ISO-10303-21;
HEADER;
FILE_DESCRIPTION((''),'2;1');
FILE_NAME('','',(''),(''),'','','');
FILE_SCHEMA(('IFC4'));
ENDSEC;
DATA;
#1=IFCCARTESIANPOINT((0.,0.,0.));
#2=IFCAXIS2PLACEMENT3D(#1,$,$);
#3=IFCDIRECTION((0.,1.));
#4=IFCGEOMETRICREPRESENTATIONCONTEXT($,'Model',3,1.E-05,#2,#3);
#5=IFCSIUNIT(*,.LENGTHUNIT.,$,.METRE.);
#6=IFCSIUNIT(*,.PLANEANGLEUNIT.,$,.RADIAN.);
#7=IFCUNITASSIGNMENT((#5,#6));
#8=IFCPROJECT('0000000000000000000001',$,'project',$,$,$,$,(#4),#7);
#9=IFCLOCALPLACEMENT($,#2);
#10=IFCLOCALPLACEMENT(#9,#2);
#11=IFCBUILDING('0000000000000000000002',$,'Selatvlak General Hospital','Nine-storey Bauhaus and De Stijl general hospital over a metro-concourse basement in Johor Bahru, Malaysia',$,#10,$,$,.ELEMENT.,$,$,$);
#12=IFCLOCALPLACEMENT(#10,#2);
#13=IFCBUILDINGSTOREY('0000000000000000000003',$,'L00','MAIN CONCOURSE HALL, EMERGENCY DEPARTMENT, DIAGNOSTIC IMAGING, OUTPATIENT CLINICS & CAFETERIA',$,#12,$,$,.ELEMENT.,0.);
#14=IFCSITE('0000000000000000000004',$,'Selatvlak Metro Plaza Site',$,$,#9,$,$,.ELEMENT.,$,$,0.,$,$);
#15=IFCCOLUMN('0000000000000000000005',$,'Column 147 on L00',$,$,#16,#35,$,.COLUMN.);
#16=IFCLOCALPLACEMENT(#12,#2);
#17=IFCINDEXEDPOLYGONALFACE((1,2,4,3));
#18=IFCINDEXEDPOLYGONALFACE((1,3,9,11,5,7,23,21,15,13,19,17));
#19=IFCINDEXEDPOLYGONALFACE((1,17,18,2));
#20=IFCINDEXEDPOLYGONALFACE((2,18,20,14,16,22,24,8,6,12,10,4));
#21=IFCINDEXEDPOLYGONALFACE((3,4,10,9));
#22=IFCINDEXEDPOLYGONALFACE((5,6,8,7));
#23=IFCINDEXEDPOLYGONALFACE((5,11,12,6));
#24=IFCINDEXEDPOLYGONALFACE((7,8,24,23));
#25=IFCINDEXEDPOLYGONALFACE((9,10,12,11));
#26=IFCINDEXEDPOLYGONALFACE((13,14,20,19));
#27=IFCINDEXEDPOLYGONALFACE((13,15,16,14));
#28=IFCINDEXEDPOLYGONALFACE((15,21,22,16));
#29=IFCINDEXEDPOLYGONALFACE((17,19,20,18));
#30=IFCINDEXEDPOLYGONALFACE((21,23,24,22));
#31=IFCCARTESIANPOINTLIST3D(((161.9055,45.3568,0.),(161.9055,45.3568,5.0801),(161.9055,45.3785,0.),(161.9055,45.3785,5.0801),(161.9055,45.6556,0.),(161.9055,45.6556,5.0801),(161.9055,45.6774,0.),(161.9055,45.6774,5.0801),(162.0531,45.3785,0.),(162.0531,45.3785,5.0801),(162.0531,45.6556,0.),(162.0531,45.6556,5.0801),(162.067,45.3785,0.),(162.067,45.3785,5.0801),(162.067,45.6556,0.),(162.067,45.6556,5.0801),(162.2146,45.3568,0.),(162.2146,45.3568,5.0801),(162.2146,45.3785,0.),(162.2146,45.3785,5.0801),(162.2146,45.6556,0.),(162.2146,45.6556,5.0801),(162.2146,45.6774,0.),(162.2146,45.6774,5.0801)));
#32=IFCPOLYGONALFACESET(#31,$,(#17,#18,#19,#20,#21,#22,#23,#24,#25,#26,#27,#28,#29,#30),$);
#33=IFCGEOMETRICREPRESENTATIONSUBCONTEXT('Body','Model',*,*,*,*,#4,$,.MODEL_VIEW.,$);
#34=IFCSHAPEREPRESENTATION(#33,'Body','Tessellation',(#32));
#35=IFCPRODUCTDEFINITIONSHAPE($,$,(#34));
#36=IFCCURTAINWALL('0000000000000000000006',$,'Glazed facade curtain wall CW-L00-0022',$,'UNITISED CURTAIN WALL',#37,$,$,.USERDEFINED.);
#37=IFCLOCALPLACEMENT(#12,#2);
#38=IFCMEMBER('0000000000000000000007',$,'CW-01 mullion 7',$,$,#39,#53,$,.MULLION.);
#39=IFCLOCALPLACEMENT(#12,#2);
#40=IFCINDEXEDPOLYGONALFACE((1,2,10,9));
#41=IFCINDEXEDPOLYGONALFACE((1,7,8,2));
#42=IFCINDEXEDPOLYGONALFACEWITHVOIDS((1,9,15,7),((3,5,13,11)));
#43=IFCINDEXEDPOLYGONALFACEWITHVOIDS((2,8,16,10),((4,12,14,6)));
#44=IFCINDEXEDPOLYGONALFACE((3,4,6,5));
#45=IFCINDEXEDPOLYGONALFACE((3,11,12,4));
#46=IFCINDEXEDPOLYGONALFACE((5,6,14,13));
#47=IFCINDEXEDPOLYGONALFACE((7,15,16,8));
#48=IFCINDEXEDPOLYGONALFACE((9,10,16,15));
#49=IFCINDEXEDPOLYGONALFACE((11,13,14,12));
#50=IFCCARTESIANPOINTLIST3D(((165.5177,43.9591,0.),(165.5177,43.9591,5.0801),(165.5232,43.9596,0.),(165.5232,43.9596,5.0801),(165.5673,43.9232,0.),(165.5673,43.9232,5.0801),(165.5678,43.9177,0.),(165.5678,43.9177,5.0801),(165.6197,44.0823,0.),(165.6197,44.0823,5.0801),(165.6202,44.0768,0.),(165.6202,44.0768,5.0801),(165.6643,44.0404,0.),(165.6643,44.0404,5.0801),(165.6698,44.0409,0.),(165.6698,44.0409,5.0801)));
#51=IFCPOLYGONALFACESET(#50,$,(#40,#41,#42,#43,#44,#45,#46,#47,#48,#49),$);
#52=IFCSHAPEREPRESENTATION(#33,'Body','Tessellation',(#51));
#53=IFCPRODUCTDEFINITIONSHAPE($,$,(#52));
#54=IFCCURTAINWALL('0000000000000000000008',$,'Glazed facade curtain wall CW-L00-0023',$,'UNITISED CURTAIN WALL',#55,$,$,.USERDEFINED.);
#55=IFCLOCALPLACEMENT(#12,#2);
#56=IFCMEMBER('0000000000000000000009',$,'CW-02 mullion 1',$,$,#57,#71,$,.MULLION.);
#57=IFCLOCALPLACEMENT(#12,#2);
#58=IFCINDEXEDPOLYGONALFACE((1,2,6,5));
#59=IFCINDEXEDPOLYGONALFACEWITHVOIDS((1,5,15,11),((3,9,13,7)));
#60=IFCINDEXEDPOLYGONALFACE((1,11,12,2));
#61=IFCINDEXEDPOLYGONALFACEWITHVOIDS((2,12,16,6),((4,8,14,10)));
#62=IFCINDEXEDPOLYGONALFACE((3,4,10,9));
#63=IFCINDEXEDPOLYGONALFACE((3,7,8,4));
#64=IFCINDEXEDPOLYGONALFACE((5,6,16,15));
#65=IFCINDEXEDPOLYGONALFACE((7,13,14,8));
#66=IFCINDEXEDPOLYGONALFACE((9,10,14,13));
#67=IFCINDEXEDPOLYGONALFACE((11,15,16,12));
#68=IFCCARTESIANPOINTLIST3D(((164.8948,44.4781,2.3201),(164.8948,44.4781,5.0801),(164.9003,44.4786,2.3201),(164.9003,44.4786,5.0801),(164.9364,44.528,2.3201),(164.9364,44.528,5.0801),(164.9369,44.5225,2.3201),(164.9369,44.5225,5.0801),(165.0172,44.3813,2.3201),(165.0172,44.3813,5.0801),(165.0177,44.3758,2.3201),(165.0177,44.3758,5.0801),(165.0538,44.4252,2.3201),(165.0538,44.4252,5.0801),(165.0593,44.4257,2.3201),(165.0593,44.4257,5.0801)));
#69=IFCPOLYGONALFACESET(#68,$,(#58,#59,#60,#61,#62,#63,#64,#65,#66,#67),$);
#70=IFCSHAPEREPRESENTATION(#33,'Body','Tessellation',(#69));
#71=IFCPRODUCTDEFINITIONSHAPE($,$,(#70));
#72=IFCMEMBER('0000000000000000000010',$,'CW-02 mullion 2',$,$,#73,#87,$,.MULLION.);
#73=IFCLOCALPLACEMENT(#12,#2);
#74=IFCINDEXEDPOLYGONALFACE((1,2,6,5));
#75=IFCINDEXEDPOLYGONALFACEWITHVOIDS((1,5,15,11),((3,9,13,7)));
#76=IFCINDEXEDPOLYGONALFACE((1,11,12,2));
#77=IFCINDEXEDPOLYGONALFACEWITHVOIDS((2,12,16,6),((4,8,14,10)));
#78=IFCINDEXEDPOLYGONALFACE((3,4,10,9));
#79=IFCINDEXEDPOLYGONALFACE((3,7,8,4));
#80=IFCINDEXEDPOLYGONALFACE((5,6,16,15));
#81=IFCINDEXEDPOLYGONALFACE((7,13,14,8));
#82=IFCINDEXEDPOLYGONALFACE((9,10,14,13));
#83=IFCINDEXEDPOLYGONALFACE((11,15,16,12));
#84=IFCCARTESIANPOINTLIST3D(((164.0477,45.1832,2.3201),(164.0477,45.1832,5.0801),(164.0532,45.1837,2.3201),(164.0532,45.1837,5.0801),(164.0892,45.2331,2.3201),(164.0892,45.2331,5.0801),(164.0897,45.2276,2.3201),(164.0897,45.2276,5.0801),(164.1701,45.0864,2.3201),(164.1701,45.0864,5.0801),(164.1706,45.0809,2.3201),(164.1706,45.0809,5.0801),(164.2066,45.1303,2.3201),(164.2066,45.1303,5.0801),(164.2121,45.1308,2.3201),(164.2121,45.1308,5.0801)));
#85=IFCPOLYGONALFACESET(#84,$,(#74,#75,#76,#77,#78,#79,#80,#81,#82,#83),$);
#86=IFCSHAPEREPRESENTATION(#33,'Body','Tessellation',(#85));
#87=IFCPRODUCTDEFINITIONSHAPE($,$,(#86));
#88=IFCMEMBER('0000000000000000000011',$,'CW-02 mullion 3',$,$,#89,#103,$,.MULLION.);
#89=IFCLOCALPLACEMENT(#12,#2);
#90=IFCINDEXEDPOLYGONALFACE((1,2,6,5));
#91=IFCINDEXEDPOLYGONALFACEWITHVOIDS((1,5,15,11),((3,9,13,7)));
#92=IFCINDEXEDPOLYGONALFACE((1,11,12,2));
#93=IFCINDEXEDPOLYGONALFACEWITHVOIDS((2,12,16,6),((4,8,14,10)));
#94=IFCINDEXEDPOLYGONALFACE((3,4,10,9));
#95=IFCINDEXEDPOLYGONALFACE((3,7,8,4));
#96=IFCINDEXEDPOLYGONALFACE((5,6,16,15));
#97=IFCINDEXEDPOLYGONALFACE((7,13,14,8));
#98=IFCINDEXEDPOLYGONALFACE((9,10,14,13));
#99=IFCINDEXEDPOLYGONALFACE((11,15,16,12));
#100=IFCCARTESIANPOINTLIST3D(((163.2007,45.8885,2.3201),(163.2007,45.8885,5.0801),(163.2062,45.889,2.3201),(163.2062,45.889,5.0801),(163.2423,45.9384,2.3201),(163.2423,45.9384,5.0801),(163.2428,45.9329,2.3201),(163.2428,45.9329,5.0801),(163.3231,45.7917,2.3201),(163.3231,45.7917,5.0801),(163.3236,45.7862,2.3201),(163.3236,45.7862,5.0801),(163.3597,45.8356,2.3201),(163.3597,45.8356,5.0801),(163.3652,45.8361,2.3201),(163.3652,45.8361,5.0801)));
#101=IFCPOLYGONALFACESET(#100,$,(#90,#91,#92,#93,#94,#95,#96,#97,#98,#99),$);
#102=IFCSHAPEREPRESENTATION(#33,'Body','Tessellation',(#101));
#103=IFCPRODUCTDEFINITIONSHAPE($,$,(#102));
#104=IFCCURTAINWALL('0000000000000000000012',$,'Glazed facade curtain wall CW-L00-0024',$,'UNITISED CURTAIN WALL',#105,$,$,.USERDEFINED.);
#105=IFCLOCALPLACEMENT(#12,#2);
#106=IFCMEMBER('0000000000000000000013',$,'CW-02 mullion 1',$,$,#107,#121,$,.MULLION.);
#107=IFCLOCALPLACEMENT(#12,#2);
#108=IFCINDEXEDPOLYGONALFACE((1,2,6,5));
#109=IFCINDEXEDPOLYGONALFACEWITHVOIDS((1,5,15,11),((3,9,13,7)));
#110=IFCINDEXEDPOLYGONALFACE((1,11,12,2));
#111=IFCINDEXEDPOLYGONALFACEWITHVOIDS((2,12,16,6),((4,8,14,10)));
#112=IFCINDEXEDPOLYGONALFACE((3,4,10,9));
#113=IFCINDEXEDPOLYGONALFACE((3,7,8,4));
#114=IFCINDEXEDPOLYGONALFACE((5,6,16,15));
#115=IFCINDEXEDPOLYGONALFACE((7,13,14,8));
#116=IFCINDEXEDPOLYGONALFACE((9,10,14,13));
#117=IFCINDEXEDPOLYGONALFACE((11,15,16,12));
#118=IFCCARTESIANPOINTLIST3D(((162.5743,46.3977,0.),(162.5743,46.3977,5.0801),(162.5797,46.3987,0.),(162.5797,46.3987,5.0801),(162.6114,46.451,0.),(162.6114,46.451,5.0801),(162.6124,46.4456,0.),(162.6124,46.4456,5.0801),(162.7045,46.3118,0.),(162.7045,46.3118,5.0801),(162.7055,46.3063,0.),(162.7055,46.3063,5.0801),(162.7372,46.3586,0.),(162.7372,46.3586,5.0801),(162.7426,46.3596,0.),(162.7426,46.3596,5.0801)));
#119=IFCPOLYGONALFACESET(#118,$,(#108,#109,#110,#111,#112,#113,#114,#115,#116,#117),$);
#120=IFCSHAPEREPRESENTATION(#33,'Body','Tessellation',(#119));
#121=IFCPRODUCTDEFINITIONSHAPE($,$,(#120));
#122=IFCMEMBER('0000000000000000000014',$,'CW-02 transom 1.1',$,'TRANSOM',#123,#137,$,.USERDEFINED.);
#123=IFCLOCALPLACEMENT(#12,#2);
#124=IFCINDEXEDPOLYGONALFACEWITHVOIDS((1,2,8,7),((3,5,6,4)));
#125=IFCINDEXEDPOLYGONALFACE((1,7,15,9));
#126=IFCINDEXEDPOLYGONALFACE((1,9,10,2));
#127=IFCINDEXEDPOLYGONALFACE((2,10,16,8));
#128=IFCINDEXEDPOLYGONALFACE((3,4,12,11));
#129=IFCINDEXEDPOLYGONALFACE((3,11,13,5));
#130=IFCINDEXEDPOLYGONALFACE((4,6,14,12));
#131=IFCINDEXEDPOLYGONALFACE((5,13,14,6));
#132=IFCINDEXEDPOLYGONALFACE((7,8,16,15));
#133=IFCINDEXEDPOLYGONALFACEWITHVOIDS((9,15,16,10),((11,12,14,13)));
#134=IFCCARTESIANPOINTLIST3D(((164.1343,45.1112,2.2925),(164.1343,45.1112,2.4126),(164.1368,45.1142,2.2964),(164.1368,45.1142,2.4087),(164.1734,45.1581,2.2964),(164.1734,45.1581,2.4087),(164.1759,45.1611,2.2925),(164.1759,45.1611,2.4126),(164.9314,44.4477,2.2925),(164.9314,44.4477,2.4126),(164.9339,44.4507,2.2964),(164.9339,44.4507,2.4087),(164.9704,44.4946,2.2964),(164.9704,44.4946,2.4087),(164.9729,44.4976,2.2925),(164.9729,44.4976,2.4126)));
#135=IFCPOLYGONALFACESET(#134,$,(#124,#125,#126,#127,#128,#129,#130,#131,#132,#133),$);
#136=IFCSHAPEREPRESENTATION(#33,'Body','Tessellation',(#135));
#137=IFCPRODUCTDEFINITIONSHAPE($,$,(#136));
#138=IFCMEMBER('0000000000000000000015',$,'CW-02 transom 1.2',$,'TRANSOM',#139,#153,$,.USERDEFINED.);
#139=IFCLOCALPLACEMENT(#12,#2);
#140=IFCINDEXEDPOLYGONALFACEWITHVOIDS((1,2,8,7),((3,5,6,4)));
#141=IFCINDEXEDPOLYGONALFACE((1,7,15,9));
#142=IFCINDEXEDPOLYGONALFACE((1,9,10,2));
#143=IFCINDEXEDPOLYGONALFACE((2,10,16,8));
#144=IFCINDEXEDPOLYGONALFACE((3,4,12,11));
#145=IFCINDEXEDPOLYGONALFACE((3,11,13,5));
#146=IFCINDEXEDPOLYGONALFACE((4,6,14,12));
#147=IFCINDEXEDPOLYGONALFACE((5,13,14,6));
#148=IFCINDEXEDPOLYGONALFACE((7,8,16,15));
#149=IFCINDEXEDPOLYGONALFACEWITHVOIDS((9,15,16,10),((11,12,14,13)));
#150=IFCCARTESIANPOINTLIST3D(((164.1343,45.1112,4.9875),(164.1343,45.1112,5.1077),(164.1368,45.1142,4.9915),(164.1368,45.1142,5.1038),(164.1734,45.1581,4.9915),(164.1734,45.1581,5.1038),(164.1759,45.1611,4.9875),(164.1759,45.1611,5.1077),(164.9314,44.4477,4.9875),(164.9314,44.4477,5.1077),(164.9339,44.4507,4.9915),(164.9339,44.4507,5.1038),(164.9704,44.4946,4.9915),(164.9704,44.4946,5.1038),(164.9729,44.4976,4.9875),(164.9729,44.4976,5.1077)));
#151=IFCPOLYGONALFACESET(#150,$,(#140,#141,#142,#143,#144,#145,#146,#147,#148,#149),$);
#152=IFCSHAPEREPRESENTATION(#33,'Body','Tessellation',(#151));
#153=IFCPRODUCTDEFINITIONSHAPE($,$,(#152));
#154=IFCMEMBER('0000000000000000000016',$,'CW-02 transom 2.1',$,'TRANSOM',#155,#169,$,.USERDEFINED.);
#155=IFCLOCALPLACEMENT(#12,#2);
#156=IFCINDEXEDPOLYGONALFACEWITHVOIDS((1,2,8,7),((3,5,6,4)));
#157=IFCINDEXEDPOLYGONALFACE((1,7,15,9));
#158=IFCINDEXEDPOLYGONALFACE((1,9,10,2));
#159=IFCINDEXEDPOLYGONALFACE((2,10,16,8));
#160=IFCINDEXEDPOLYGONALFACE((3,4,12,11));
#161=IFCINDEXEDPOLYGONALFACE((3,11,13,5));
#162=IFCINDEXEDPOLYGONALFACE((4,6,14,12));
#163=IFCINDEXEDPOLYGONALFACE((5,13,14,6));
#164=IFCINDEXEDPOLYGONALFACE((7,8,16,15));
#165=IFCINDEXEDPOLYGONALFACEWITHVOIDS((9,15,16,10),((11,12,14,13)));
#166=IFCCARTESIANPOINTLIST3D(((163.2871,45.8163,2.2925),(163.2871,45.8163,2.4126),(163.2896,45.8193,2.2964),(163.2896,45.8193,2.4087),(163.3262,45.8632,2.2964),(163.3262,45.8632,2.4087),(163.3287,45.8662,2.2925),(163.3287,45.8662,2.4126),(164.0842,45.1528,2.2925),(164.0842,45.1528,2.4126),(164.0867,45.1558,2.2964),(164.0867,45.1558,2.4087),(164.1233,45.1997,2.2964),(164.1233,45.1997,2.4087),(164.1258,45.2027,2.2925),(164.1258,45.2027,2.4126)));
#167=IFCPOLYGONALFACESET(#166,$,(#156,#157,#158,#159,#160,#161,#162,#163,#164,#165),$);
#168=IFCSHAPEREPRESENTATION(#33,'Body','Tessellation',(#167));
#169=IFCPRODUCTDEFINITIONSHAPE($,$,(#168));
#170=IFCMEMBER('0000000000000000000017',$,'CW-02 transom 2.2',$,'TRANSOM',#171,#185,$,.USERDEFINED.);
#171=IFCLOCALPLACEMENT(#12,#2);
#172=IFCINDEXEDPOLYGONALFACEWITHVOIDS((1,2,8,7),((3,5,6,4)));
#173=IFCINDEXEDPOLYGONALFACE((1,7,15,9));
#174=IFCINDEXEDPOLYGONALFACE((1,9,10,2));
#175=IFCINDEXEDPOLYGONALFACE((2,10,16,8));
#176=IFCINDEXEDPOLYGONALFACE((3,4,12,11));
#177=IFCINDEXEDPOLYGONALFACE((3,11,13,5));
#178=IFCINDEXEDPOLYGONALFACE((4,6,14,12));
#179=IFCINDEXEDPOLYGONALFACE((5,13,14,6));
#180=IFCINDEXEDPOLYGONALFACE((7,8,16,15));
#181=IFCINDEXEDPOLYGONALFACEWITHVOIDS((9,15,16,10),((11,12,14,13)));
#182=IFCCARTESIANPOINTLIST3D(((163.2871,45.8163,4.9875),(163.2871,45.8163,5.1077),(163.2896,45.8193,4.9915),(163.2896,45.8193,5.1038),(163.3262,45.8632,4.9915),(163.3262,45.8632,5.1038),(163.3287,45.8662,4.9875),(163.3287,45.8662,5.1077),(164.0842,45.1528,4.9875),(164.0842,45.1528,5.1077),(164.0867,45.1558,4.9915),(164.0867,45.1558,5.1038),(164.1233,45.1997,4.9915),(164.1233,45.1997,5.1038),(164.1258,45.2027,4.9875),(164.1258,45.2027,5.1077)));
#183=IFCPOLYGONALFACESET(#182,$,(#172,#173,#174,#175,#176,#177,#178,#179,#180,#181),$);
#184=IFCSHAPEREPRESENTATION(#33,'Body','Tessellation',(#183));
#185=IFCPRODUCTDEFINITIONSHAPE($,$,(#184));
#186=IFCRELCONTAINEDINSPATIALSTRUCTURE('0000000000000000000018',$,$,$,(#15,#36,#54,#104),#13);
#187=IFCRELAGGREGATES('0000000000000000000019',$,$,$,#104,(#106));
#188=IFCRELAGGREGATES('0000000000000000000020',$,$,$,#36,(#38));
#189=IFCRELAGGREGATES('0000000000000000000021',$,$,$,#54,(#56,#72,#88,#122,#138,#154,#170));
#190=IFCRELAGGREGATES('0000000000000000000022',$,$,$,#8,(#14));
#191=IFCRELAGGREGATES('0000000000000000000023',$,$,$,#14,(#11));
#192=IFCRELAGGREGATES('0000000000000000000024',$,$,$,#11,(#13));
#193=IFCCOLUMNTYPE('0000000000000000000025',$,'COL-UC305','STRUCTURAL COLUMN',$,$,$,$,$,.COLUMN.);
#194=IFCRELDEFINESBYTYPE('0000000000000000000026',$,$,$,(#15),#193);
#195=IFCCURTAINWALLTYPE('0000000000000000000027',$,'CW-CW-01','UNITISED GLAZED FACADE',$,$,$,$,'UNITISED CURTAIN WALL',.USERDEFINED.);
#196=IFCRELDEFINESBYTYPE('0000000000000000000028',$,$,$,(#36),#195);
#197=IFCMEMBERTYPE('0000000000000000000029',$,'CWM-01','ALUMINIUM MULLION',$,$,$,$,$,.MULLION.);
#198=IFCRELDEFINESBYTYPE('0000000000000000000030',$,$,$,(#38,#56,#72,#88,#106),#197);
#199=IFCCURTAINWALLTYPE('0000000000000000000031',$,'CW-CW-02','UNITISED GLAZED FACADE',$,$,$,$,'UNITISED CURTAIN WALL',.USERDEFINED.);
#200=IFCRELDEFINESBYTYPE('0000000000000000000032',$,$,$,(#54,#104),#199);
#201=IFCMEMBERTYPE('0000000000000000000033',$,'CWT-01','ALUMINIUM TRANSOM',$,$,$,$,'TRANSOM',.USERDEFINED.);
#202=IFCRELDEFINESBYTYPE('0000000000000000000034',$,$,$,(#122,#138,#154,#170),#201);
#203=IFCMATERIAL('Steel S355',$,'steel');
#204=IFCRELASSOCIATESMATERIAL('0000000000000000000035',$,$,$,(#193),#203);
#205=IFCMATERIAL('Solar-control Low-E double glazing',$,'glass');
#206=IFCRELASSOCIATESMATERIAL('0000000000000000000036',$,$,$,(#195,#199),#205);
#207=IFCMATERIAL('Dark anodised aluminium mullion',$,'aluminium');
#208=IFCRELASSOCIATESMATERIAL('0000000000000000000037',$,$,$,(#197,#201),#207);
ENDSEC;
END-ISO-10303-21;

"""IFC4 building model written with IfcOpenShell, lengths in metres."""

from ifc_helpers import new_model, si_unit, direction, frame, origin, origin_2d, place, context, subcontext, project, spatial, hollow_rectangle, i_section, extrude, material, material_profile, profile_set, type_object, element, aggregate, save


model = new_model("IFC4")

# Units and contexts
model_context = context("Model", 3, precision=1e-05, world=origin(), true_north=direction((0.0, 1.0)))
body_context = subcontext(model_context, "Body", "Model", "MODEL_VIEW")
ifc_project = project(units=[si_unit("LENGTHUNIT", "METRE"), si_unit("PLANEANGLEUNIT", "RADIAN")], contexts=[model_context])

# Site, building, storey
site_placement = place(None, origin())
site = spatial("IfcSite", under=ifc_project, at=site_placement, Name="Selatvlak Metro Plaza Site", CompositionType="ELEMENT", RefElevation=0.0)
building_placement = place(site_placement, origin())
building = spatial("IfcBuilding", under=site, at=building_placement, Name="Selatvlak General Hospital", Description="Nine-storey Bauhaus and De Stijl general hospital over a metro-concourse basement in Johor Bahru, Malaysia", CompositionType="ELEMENT")
storey_placement = place(building_placement, origin())
storey = spatial("IfcBuildingStorey", under=building, at=storey_placement, Name="L00", Description="MAIN CONCOURSE HALL, EMERGENCY DEPARTMENT, DIAGNOSTIC IMAGING, OUTPATIENT CLINICS & CAFETERIA", CompositionType="ELEMENT", Elevation=0.0)

# Column
ifc_material_1 = material(Name="Steel S355", Category="steel")
ifc_material_profile_1 = material_profile(ifc_material_1, i_section(OverallWidth=0.3091, OverallDepth=0.3206, WebThickness=0.0139, FlangeThickness=0.0217, at=origin_2d()), Name="UC 305x305x137")
ifc_profile_set_1 = profile_set([ifc_material_profile_1], Name="Steel S355")
column_type = type_object("IfcColumnType", Name="COL-UC305", Description="STRUCTURAL COLUMN", PredefinedType="COLUMN", material=ifc_profile_set_1)
column_placement = place(storey_placement, frame((162.0601, 45.5171, 0.0), z_axis=(0.0, 0.0, 1.0), x_axis=(1.0, 0.0, 0.0)))
element("IfcColumn", 1, at=column_placement, inside=storey, type_object=column_type, Name="Column 147 on L00", PredefinedType="COLUMN", context=body_context, shape_type="SweptSolid", body=[
    extrude(i_section(OverallWidth=0.3091, OverallDepth=0.3206, WebThickness=0.0139, FlangeThickness=0.0217, at=origin_2d()), origin(), (0.0, 0.0, 1.0), 5.0801),
])

# Curtain wall, member
ifc_material_2 = material(Name="Solar-control Low-E double glazing", Category="glass")
curtain_wall_type_1 = type_object("IfcCurtainWallType", Name="CW-CW-01", Description="UNITISED GLAZED FACADE", ElementType="UNITISED CURTAIN WALL", PredefinedType="USERDEFINED", material=ifc_material_2)
curtain_wall_1_placement = place(storey_placement, origin())
curtain_wall_1 = element("IfcCurtainWall", 2, at=curtain_wall_1_placement, inside=storey, type_object=curtain_wall_type_1, Name="Glazed facade curtain wall CW-L00-0022", ObjectType="UNITISED CURTAIN WALL", PredefinedType="USERDEFINED")
ifc_material_3 = material(Name="Dark anodised aluminium mullion", Category="aluminium")
ifc_material_profile_2 = material_profile(ifc_material_3, hollow_rectangle(XDim=0.0649, YDim=0.1599, WallThickness=0.0039, at=origin_2d()), Name="AL-MUL 65x160x4")
ifc_profile_set_2 = profile_set([ifc_material_profile_2], Name="Dark anodised aluminium mullion")
member_type_1 = type_object("IfcMemberType", Name="CWM-01", Description="ALUMINIUM MULLION", PredefinedType="MULLION", material=ifc_profile_set_2)
member_1_placement = place(storey_placement, frame((165.5938, 44.0, 0.0), z_axis=(0.0, 0.0, 1.0), x_axis=(0.770267, -0.637721, 0.0)))
member_1 = element("IfcMember", 3, at=member_1_placement, type_object=member_type_1, Name="CW-01 mullion 7", PredefinedType="MULLION", context=body_context, shape_type="SweptSolid", body=[
    extrude(hollow_rectangle(XDim=0.0649, YDim=0.1599, WallThickness=0.0039, at=origin_2d()), origin(), (0.0, 0.0, 1.0), 5.0801),
])

# Curtain wall, members
curtain_wall_type_2 = type_object("IfcCurtainWallType", Name="CW-CW-02", Description="UNITISED GLAZED FACADE", ElementType="UNITISED CURTAIN WALL", PredefinedType="USERDEFINED", material=ifc_material_2)
curtain_wall_2_placement = place(storey_placement, origin())
curtain_wall_2 = element("IfcCurtainWall", 4, at=curtain_wall_2_placement, inside=storey, type_object=curtain_wall_type_2, Name="Glazed facade curtain wall CW-L00-0023", ObjectType="UNITISED CURTAIN WALL", PredefinedType="USERDEFINED")
member_2_placement = place(storey_placement, frame((164.9771, 44.4519, 2.3201), z_axis=(0.0, 0.0, 1.0), x_axis=(-0.639838, -0.76851, 0.0)))
member_2 = element("IfcMember", 5, at=member_2_placement, type_object=member_type_1, Name="CW-02 mullion 1", PredefinedType="MULLION", context=body_context, shape_type="SweptSolid", body=[
    extrude(hollow_rectangle(XDim=0.0649, YDim=0.1599, WallThickness=0.0039, at=origin_2d()), origin(), (0.0, 0.0, 1.0), 2.76),
])
member_3_placement = place(storey_placement, frame((164.1299, 45.157, 2.3201), z_axis=(0.0, 0.0, 1.0), x_axis=(-0.639838, -0.76851, 0.0)))
member_3 = element("IfcMember", 6, at=member_3_placement, type_object=member_type_1, Name="CW-02 mullion 2", PredefinedType="MULLION", context=body_context, shape_type="SweptSolid", body=[
    extrude(hollow_rectangle(XDim=0.0649, YDim=0.1599, WallThickness=0.0039, at=origin_2d()), origin(), (0.0, 0.0, 1.0), 2.76),
])
member_4_placement = place(storey_placement, frame((163.283, 45.8623, 2.3201), z_axis=(0.0, 0.0, 1.0), x_axis=(-0.639838, -0.76851, 0.0)))
member_4 = element("IfcMember", 7, at=member_4_placement, type_object=member_type_1, Name="CW-02 mullion 3", PredefinedType="MULLION", context=body_context, shape_type="SweptSolid", body=[
    extrude(hollow_rectangle(XDim=0.0649, YDim=0.1599, WallThickness=0.0039, at=origin_2d()), origin(), (0.0, 0.0, 1.0), 2.76),
])

# Curtain wall, member
curtain_wall_3_placement = place(storey_placement, origin())
curtain_wall_3 = element("IfcCurtainWall", 8, at=curtain_wall_3_placement, inside=storey, type_object=curtain_wall_type_2, Name="Glazed facade curtain wall CW-L00-0024", ObjectType="UNITISED CURTAIN WALL", PredefinedType="USERDEFINED")
member_5_placement = place(storey_placement, frame((162.6584, 46.3787, 0.0), z_axis=(0.0, 0.0, 1.0), x_axis=(-0.571435, -0.820647, 0.0)))
member_5 = element("IfcMember", 9, at=member_5_placement, type_object=member_type_1, Name="CW-02 mullion 1", PredefinedType="MULLION", context=body_context, shape_type="SweptSolid", body=[
    extrude(hollow_rectangle(XDim=0.0649, YDim=0.1599, WallThickness=0.0039, at=origin_2d()), origin(), (0.0, 0.0, 1.0), 5.0801),
])

# Members
ifc_material_profile_3 = material_profile(ifc_material_3, hollow_rectangle(XDim=0.0649, YDim=0.1201, WallThickness=0.0039, at=origin_2d()), Name="AL-TRN 65x120x4")
ifc_profile_set_3 = profile_set([ifc_material_profile_3], Name="Dark anodised aluminium mullion")
member_type_2 = type_object("IfcMemberType", Name="CWT-01", Description="ALUMINIUM TRANSOM", ElementType="TRANSOM", PredefinedType="USERDEFINED", material=ifc_profile_set_3)
member_6_placement = place(storey_placement, frame((164.9521, 44.4727, 2.3525), z_axis=(-0.768549, 0.639791, 0.0), x_axis=(-0.639791, -0.768549, 0.0)))
member_6 = element("IfcMember", 10, at=member_6_placement, type_object=member_type_2, Name="CW-02 transom 1.1", ObjectType="TRANSOM", PredefinedType="USERDEFINED", context=body_context, shape_type="SweptSolid", body=[
    extrude(hollow_rectangle(XDim=0.0649, YDim=0.1201, WallThickness=0.0039, at=origin_2d()), origin(), (0.0, 0.0, 1.0), 1.0371),
])
member_7_placement = place(storey_placement, frame((164.9521, 44.4727, 5.0476), z_axis=(-0.768549, 0.639791, 0.0), x_axis=(-0.639791, -0.768549, 0.0)))
member_7 = element("IfcMember", 11, at=member_7_placement, type_object=member_type_2, Name="CW-02 transom 1.2", ObjectType="TRANSOM", PredefinedType="USERDEFINED", context=body_context, shape_type="SweptSolid", body=[
    extrude(hollow_rectangle(XDim=0.0649, YDim=0.1201, WallThickness=0.0039, at=origin_2d()), origin(), (0.0, 0.0, 1.0), 1.0371),
])
member_8_placement = place(storey_placement, frame((164.105, 45.1777, 2.3525), z_axis=(-0.768549, 0.639791, 0.0), x_axis=(-0.639791, -0.768549, 0.0)))
member_8 = element("IfcMember", 12, at=member_8_placement, type_object=member_type_2, Name="CW-02 transom 2.1", ObjectType="TRANSOM", PredefinedType="USERDEFINED", context=body_context, shape_type="SweptSolid", body=[
    extrude(hollow_rectangle(XDim=0.0649, YDim=0.1201, WallThickness=0.0039, at=origin_2d()), origin(), (0.0, 0.0, 1.0), 1.0371),
])
member_9_placement = place(storey_placement, frame((164.105, 45.1777, 5.0476), z_axis=(-0.768549, 0.639791, 0.0), x_axis=(-0.639791, -0.768549, 0.0)))
member_9 = element("IfcMember", 13, at=member_9_placement, type_object=member_type_2, Name="CW-02 transom 2.2", ObjectType="TRANSOM", PredefinedType="USERDEFINED", context=body_context, shape_type="SweptSolid", body=[
    extrude(hollow_rectangle(XDim=0.0649, YDim=0.1201, WallThickness=0.0039, at=origin_2d()), origin(), (0.0, 0.0, 1.0), 1.0371),
])
aggregate(curtain_wall_3, [member_5])

aggregate(curtain_wall_1, [member_1])
aggregate(curtain_wall_2, [member_2, member_3, member_4, member_6, member_7, member_8, member_9])

save(model, "model.ifc")
